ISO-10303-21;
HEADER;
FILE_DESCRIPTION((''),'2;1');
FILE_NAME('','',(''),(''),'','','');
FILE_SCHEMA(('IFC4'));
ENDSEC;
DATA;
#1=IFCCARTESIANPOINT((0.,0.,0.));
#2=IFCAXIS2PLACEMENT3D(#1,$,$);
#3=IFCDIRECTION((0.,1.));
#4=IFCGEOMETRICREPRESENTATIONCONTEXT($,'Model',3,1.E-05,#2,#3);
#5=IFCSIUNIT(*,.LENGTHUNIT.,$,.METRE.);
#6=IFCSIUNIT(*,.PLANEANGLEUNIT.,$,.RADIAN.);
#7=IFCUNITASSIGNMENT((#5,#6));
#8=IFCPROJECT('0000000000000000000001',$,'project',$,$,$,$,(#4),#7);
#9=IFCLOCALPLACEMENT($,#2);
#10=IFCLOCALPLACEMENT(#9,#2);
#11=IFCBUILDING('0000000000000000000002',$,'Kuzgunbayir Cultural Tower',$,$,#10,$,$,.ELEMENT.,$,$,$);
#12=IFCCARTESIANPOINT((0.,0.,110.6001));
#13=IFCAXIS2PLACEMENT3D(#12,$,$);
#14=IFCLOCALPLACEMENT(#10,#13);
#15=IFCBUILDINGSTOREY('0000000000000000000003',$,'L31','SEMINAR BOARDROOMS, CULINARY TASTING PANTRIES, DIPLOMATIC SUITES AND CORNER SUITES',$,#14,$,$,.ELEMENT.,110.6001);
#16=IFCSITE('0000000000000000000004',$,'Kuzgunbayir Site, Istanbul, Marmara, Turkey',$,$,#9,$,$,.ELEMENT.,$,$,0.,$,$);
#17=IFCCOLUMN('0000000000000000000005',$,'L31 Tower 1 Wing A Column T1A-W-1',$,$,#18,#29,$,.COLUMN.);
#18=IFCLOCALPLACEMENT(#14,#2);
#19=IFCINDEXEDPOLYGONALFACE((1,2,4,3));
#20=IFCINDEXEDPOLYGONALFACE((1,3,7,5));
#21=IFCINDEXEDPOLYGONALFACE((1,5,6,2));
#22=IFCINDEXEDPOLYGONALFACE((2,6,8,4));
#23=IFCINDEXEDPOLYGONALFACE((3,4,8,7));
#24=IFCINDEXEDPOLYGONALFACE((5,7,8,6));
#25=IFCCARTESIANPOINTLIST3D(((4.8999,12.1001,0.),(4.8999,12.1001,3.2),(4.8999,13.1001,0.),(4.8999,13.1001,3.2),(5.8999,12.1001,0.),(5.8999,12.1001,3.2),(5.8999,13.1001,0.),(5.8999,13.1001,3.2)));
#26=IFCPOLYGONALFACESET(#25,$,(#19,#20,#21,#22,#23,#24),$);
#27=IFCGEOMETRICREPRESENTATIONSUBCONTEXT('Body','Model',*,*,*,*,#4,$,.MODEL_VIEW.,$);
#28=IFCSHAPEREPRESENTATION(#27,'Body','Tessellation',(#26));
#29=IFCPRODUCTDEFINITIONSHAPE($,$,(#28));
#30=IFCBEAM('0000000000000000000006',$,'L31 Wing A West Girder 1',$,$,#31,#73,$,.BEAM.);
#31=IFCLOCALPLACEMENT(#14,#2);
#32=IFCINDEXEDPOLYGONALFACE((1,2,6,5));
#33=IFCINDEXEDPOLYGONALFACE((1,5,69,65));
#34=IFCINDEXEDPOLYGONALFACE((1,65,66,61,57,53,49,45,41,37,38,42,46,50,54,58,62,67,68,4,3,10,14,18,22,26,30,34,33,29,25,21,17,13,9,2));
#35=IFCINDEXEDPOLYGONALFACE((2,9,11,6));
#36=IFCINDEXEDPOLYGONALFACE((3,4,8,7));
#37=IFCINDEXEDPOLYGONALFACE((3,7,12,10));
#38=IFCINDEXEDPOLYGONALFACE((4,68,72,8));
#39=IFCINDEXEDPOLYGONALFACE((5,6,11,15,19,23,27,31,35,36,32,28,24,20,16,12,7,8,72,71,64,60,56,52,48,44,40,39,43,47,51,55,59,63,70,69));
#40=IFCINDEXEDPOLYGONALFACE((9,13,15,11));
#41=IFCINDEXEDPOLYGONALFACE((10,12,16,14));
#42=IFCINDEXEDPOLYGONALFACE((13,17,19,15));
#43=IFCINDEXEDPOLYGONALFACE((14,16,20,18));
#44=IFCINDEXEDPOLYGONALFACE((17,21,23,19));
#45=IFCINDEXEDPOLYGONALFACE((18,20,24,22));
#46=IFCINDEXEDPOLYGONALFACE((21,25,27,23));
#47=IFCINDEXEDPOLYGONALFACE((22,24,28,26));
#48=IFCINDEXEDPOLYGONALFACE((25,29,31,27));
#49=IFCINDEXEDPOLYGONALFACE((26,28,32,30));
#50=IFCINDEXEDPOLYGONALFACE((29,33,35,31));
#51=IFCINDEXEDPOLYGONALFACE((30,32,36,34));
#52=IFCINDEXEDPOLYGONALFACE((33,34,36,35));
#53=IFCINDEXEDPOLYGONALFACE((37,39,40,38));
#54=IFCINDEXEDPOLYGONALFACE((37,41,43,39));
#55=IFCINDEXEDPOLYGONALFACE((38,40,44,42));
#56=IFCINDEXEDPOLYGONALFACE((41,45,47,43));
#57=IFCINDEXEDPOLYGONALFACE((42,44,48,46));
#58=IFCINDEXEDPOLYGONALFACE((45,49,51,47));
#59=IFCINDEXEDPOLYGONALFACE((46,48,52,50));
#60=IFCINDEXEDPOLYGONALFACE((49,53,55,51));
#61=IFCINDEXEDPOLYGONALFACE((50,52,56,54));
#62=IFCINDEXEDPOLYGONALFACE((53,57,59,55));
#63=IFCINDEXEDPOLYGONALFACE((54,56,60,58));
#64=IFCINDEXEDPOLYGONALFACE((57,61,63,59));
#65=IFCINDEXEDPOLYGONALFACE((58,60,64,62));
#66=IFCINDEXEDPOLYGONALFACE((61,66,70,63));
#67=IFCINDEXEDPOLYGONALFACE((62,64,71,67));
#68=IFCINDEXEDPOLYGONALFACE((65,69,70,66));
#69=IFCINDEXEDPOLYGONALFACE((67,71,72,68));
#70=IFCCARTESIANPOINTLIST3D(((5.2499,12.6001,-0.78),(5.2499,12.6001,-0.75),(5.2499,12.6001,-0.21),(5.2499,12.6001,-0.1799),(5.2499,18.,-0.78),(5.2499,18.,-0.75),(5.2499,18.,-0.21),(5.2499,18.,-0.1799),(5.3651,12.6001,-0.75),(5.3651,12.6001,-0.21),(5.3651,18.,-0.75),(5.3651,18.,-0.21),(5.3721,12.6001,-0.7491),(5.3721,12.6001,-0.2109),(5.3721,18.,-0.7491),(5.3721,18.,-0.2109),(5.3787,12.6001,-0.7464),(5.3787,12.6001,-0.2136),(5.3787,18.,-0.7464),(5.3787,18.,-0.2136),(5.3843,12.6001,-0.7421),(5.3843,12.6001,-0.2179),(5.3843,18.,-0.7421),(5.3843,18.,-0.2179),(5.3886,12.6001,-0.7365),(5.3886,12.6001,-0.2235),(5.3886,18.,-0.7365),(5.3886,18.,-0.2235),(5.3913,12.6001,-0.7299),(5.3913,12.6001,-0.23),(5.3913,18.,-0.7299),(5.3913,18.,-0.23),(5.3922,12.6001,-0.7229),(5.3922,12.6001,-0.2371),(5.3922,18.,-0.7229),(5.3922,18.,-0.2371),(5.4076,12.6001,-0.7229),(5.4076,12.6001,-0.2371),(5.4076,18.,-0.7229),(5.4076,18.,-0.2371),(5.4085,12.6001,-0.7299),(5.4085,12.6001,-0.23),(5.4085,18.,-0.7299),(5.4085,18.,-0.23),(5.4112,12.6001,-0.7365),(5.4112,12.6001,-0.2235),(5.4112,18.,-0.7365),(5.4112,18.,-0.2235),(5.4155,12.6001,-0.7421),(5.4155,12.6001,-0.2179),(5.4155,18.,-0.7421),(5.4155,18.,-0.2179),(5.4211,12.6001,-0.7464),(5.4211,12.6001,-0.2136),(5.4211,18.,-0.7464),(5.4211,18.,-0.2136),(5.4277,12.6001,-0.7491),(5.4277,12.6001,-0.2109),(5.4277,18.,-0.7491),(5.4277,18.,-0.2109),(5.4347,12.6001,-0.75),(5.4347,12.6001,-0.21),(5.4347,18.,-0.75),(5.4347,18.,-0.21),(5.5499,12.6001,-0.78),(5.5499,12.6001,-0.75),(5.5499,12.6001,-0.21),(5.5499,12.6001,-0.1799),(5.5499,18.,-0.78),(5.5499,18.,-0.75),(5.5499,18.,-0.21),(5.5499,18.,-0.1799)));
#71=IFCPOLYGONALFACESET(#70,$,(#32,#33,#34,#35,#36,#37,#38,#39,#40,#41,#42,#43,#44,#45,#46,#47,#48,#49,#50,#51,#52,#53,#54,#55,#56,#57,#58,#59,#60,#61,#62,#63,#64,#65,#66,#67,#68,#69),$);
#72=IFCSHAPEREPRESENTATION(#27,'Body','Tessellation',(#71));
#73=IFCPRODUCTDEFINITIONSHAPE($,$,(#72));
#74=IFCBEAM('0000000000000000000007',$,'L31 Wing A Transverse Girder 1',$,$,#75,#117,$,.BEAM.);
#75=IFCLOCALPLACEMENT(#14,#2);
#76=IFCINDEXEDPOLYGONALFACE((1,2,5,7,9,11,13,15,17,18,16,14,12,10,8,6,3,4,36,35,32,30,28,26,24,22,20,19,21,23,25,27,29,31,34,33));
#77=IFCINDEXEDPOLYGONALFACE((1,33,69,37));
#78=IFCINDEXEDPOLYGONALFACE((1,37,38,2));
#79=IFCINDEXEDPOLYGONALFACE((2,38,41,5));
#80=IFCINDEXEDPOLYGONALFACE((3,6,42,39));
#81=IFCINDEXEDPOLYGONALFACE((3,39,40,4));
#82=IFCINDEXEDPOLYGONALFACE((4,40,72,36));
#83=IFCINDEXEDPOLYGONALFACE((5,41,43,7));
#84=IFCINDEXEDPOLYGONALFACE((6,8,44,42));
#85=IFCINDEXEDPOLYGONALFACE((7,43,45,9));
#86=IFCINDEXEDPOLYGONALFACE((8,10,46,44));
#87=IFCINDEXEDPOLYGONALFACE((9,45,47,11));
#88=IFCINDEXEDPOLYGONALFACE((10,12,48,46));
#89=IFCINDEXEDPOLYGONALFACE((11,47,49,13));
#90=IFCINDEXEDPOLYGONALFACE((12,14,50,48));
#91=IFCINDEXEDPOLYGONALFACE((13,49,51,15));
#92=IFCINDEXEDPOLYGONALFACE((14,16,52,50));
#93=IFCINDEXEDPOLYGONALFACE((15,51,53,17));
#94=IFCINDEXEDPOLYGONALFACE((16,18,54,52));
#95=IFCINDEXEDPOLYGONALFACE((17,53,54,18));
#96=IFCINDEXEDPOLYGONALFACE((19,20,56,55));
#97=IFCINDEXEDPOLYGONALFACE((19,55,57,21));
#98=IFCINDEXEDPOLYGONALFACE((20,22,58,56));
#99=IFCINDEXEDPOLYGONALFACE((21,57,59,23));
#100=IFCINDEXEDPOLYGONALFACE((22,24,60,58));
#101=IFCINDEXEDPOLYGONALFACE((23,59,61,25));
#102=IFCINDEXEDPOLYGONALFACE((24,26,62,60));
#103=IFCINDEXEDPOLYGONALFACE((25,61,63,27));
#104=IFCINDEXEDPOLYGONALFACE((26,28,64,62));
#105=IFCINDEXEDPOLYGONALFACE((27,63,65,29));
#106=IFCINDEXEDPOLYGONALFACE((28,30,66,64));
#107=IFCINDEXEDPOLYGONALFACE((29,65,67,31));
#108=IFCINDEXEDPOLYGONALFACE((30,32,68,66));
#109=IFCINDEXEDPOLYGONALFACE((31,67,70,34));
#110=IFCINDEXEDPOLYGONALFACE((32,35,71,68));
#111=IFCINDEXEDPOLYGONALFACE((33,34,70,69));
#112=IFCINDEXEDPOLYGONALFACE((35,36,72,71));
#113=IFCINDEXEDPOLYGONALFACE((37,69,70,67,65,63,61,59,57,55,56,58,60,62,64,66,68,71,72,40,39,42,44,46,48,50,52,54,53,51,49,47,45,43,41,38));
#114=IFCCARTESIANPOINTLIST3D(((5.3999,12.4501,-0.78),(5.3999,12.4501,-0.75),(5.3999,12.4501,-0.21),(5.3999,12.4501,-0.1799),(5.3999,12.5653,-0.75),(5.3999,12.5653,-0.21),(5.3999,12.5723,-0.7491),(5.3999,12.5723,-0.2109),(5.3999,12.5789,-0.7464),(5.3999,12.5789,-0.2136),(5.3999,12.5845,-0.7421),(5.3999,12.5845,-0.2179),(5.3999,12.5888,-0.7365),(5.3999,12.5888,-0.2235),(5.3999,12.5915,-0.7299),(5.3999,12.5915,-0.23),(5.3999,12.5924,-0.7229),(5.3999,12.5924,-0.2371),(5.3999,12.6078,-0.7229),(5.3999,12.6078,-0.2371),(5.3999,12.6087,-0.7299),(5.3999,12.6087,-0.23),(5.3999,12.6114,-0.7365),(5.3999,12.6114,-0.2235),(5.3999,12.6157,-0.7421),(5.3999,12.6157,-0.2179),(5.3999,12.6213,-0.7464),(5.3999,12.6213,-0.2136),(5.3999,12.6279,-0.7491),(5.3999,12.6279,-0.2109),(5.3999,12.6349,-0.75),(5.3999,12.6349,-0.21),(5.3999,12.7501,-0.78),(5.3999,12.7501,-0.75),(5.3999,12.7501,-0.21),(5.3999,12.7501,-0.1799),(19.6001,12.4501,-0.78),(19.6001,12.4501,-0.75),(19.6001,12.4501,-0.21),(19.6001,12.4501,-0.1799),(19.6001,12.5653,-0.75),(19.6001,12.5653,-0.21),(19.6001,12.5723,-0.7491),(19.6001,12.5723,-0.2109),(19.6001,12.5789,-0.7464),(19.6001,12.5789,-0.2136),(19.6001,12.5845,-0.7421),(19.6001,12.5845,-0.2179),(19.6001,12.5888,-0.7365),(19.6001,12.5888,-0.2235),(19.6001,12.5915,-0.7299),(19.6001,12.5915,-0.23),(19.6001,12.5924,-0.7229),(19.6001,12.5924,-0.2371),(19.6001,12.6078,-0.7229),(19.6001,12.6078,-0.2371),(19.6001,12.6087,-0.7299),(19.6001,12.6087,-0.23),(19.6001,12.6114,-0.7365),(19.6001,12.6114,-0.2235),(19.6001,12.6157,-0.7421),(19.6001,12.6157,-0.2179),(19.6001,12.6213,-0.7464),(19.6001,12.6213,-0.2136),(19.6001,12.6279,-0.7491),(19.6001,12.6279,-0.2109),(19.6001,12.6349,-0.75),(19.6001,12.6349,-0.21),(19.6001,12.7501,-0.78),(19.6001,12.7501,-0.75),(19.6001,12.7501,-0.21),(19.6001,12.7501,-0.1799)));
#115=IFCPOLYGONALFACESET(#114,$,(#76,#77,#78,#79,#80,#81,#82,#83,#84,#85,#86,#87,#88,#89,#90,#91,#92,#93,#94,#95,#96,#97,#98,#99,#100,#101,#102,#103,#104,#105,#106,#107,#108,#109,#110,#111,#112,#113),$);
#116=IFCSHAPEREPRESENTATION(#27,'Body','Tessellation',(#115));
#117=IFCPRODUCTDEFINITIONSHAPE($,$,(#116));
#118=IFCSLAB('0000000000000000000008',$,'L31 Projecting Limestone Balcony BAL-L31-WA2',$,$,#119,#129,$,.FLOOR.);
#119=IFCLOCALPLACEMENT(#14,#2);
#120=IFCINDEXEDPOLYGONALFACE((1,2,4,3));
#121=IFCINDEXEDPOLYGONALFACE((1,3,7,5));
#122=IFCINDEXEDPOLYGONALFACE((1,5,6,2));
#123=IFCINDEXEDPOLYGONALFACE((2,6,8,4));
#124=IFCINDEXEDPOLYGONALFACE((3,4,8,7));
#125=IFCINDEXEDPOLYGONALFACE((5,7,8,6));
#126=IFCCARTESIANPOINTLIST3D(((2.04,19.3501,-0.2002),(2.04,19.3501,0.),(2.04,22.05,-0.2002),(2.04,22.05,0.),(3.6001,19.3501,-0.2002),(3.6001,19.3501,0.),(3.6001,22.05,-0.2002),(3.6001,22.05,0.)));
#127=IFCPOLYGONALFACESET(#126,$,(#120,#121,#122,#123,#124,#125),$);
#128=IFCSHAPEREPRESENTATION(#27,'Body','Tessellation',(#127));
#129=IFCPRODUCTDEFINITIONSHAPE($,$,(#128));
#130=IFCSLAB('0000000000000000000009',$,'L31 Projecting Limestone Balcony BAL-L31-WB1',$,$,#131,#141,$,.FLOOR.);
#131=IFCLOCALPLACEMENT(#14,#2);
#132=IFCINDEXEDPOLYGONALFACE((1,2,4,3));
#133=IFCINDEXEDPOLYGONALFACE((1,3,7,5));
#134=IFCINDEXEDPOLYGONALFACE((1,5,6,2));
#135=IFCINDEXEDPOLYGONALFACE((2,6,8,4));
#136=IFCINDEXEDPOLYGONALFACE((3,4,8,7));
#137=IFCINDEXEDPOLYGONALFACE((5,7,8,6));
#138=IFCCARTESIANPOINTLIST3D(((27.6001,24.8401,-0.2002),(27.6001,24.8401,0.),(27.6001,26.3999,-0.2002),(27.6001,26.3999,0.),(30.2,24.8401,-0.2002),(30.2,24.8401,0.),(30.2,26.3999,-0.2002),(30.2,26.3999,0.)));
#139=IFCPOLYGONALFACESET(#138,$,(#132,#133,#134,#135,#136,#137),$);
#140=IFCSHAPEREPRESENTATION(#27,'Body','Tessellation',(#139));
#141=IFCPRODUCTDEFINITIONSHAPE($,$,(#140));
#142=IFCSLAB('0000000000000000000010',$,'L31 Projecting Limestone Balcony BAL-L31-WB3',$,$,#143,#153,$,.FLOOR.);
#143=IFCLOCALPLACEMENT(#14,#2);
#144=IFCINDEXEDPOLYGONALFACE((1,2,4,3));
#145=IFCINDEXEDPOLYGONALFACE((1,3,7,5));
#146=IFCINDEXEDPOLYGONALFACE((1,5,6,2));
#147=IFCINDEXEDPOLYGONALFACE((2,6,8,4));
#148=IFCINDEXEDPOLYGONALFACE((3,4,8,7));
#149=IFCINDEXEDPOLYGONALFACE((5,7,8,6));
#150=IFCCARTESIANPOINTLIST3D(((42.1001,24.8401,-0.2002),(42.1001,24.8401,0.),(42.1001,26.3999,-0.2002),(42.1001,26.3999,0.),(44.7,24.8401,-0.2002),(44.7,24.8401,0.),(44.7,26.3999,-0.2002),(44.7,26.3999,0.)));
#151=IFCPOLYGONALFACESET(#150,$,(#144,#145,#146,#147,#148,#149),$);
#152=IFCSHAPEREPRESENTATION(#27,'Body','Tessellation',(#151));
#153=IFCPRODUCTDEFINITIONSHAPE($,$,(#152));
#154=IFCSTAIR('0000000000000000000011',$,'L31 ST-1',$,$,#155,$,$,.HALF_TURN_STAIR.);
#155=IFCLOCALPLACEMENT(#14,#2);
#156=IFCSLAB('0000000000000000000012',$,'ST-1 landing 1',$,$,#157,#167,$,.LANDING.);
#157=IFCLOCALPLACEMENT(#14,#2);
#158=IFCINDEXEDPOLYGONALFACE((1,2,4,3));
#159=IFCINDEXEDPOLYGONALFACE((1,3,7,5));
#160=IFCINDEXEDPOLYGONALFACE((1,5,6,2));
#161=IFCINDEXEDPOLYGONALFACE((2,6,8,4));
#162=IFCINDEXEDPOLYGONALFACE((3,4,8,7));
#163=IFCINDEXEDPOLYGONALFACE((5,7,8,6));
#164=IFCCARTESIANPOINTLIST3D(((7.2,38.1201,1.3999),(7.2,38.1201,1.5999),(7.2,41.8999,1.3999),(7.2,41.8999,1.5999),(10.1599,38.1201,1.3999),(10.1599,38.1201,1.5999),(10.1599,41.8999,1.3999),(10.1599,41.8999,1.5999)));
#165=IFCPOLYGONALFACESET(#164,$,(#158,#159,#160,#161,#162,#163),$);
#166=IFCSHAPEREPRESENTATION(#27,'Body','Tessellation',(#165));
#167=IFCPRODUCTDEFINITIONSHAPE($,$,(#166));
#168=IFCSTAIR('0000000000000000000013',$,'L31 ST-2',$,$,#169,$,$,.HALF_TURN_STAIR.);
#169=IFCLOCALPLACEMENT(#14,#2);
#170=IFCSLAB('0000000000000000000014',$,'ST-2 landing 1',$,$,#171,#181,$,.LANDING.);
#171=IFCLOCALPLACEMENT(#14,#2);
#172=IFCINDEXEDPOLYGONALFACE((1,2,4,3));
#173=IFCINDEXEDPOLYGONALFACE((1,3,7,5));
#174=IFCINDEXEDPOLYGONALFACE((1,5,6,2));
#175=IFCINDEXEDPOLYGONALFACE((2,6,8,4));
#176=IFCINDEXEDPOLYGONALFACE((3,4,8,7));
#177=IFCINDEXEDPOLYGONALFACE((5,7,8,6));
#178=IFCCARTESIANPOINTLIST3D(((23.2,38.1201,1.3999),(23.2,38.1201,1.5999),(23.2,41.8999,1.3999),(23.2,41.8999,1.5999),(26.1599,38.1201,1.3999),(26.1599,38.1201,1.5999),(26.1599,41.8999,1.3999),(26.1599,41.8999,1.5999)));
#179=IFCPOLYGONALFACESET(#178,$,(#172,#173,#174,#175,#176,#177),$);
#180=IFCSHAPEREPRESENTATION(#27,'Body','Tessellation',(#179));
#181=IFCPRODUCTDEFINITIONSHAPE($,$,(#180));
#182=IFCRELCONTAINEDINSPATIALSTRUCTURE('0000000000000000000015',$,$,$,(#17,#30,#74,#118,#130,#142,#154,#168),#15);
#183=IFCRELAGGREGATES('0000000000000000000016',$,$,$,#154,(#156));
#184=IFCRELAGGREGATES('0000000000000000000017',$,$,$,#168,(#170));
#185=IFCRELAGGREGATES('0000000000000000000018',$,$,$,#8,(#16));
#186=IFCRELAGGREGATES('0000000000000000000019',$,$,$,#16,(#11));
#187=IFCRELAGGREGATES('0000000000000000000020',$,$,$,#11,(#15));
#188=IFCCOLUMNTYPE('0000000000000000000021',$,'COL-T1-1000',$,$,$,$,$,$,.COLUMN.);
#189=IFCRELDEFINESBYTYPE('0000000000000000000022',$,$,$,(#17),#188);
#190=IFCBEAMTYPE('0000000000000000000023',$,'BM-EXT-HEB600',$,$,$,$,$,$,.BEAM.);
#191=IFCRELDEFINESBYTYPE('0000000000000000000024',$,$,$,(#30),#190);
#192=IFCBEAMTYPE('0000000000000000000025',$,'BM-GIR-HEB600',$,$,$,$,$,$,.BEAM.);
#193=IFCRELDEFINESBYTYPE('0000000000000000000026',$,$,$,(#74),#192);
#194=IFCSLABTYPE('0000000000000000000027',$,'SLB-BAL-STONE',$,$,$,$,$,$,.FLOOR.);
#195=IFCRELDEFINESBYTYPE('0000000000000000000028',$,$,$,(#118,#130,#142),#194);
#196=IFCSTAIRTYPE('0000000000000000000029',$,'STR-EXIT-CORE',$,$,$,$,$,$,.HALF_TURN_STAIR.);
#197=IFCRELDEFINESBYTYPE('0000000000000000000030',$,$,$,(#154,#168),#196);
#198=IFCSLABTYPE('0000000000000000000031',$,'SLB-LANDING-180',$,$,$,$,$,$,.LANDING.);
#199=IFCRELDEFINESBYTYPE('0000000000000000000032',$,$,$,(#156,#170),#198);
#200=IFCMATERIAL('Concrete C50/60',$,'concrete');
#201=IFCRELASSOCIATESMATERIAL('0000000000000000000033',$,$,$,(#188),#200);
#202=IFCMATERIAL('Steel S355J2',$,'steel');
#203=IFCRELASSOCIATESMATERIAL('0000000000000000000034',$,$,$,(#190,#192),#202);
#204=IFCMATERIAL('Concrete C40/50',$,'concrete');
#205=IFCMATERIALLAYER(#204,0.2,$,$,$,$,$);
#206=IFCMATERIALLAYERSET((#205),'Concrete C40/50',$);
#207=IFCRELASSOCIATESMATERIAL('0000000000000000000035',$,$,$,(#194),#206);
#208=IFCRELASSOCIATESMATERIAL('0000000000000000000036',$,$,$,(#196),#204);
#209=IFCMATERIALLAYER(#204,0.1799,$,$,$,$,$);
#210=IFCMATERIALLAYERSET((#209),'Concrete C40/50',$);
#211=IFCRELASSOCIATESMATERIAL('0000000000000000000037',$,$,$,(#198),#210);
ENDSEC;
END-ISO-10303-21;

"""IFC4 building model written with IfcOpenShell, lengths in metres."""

from ifc_helpers import new_model, si_unit, direction, frame, origin, origin_2d, place, context, subcontext, project, spatial, polyline, rectangle, i_section, outline, extrude, material, layer, layer_set, material_profile, profile_set, type_object, element, aggregate, save


model = new_model("IFC4")

# Units and contexts
model_context = context("Model", 3, precision=1e-05, world=origin(), true_north=direction((0.0, 1.0)))
body_context = subcontext(model_context, "Body", "Model", "MODEL_VIEW")
ifc_project = project(units=[si_unit("LENGTHUNIT", "METRE"), si_unit("PLANEANGLEUNIT", "RADIAN")], contexts=[model_context])

# Site, building, storey
site_placement = place(None, origin())
site = spatial("IfcSite", under=ifc_project, at=site_placement, Name="Kuzgunbayir Site, Istanbul, Marmara, Turkey", CompositionType="ELEMENT", RefElevation=0.0)
building_placement = place(site_placement, origin())
building = spatial("IfcBuilding", under=site, at=building_placement, Name="Kuzgunbayir Cultural Tower", CompositionType="ELEMENT")
storey_placement = place(building_placement, frame((0.0, 0.0, 110.6001)))
storey = spatial("IfcBuildingStorey", under=building, at=storey_placement, Name="L31", Description="SEMINAR BOARDROOMS, CULINARY TASTING PANTRIES, DIPLOMATIC SUITES AND CORNER SUITES", CompositionType="ELEMENT", Elevation=110.6001)

# Column
ifc_material_1 = material(Name="Concrete C50/60", Category="concrete")
ifc_material_profile_1 = material_profile(ifc_material_1, rectangle(XDim=1.0, YDim=1.0, at=origin_2d()), Name="RC 1000x1000")
ifc_profile_set_1 = profile_set([ifc_material_profile_1], Name="Concrete C50/60")
column_type = type_object("IfcColumnType", Name="COL-T1-1000", PredefinedType="COLUMN", material=ifc_profile_set_1)
column_placement = place(storey_placement, frame((5.3999, 12.6001, 0.0), z_axis=(0.0, 0.0, 1.0), x_axis=(1.0, 0.0, 0.0)))
element("IfcColumn", 1, at=column_placement, inside=storey, type_object=column_type, Name="L31 Tower 1 Wing A Column T1A-W-1", PredefinedType="COLUMN", context=body_context, shape_type="SweptSolid", body=[
    extrude(rectangle(XDim=1.0, YDim=1.0, at=origin_2d()), origin(), (0.0, 0.0, 1.0), 3.2),
])

# Beams
ifc_material_2 = material(Name="Steel S355J2", Category="steel")
ifc_material_profile_2 = material_profile(ifc_material_2, i_section(OverallWidth=0.3, OverallDepth=0.6001, WebThickness=0.0154, FlangeThickness=0.03, FilletRadius=0.0271, at=origin_2d()), Name="HEB 600")
ifc_profile_set_2 = profile_set([ifc_material_profile_2], Name="Steel S355J2")
beam_type_1 = type_object("IfcBeamType", Name="BM-EXT-HEB600", PredefinedType="BEAM", material=ifc_profile_set_2)
beam_1_placement = place(storey_placement, frame((5.3999, 12.6001, -0.48), z_axis=(0.0, 1.0, 0.0), x_axis=(-1.0, 0.0, 0.0)))
element("IfcBeam", 2, at=beam_1_placement, inside=storey, type_object=beam_type_1, Name="L31 Wing A West Girder 1", PredefinedType="BEAM", context=body_context, shape_type="SweptSolid", body=[
    extrude(i_section(OverallWidth=0.3, OverallDepth=0.6001, WebThickness=0.0154, FlangeThickness=0.03, FilletRadius=0.0271, at=origin_2d()), origin(), (0.0, 0.0, 1.0), 5.3999),
])
ifc_material_profile_3 = material_profile(ifc_material_2, i_section(OverallWidth=0.3, OverallDepth=0.6001, WebThickness=0.0154, FlangeThickness=0.03, FilletRadius=0.0271, at=origin_2d()), Name="HEB 600")
ifc_profile_set_3 = profile_set([ifc_material_profile_3], Name="Steel S355J2")
beam_type_2 = type_object("IfcBeamType", Name="BM-GIR-HEB600", PredefinedType="BEAM", material=ifc_profile_set_3)
beam_2_placement = place(storey_placement, frame((5.3999, 12.6001, -0.48), z_axis=(1.0, 0.0, 0.0), x_axis=(0.0, 1.0, 0.0)))
element("IfcBeam", 3, at=beam_2_placement, inside=storey, type_object=beam_type_2, Name="L31 Wing A Transverse Girder 1", PredefinedType="BEAM", context=body_context, shape_type="SweptSolid", body=[
    extrude(i_section(OverallWidth=0.3, OverallDepth=0.6001, WebThickness=0.0154, FlangeThickness=0.03, FilletRadius=0.0271, at=origin_2d()), origin(), (0.0, 0.0, 1.0), 14.2002),
])

# Slabs
ifc_material_3 = material(Name="Concrete C40/50", Category="concrete")
ifc_layer_1 = layer(ifc_material_3, 0.2)
ifc_layer_set_1 = layer_set([ifc_layer_1], Name="Concrete C40/50")
slab_type_1 = type_object("IfcSlabType", Name="SLB-BAL-STONE", PredefinedType="FLOOR", material=ifc_layer_set_1)
slab_1_placement = place(storey_placement, frame((0.0, 0.0, -0.2002)))
element("IfcSlab", 4, at=slab_1_placement, inside=storey, type_object=slab_type_1, Name="L31 Projecting Limestone Balcony BAL-L31-WA2", PredefinedType="FLOOR", context=body_context, shape_type="SweptSolid", body=[
    extrude(outline(polyline([(2.04, 19.3501), (3.6001, 19.3501), (3.6001, 22.05), (2.04, 22.05), (2.04, 19.3501)])), origin(), (0.0, 0.0, 1.0), 0.2002),
])
slab_2_placement = place(storey_placement, frame((0.0, 0.0, -0.2002)))
element("IfcSlab", 5, at=slab_2_placement, inside=storey, type_object=slab_type_1, Name="L31 Projecting Limestone Balcony BAL-L31-WB1", PredefinedType="FLOOR", context=body_context, shape_type="SweptSolid", body=[
    extrude(outline(polyline([(27.6001, 24.8401), (30.2, 24.8401), (30.2, 26.3999), (27.6001, 26.3999), (27.6001, 24.8401)])), origin(), (0.0, 0.0, 1.0), 0.2002),
])
slab_3_placement = place(storey_placement, frame((0.0, 0.0, -0.2002)))
element("IfcSlab", 6, at=slab_3_placement, inside=storey, type_object=slab_type_1, Name="L31 Projecting Limestone Balcony BAL-L31-WB3", PredefinedType="FLOOR", context=body_context, shape_type="SweptSolid", body=[
    extrude(outline(polyline([(42.1001, 24.8401), (44.7, 24.8401), (44.7, 26.3999), (42.1001, 26.3999), (42.1001, 24.8401)])), origin(), (0.0, 0.0, 1.0), 0.2002),
])

# Stairs, slabs
stair_type = type_object("IfcStairType", Name="STR-EXIT-CORE", PredefinedType="HALF_TURN_STAIR", material=ifc_material_3)
stair_1_placement = place(storey_placement, origin())
stair_1 = element("IfcStair", 7, at=stair_1_placement, inside=storey, type_object=stair_type, Name="L31 ST-1", PredefinedType="HALF_TURN_STAIR")
ifc_layer_2 = layer(ifc_material_3, 0.1799)
ifc_layer_set_2 = layer_set([ifc_layer_2], Name="Concrete C40/50")
slab_type_2 = type_object("IfcSlabType", Name="SLB-LANDING-180", PredefinedType="LANDING", material=ifc_layer_set_2)
slab_4_placement = place(storey_placement, frame((0.0, 0.0, 1.3999)))
slab_4 = element("IfcSlab", 8, at=slab_4_placement, type_object=slab_type_2, Name="ST-1 landing 1", PredefinedType="LANDING", context=body_context, shape_type="SweptSolid", body=[
    extrude(outline(polyline([(10.1599, 38.1201), (10.1599, 41.8999), (7.2, 41.8999), (7.2, 38.1201), (10.1599, 38.1201)])), origin(), (0.0, 0.0, 1.0), 0.2),
])
aggregate(stair_1, [slab_4])
stair_2_placement = place(storey_placement, origin())
stair_2 = element("IfcStair", 9, at=stair_2_placement, inside=storey, type_object=stair_type, Name="L31 ST-2", PredefinedType="HALF_TURN_STAIR")
slab_5_placement = place(storey_placement, frame((0.0, 0.0, 1.3999)))
slab_5 = element("IfcSlab", 10, at=slab_5_placement, type_object=slab_type_2, Name="ST-2 landing 1", PredefinedType="LANDING", context=body_context, shape_type="SweptSolid", body=[
    extrude(outline(polyline([(26.1599, 38.1201), (26.1599, 41.8999), (23.2, 41.8999), (23.2, 38.1201), (26.1599, 38.1201)])), origin(), (0.0, 0.0, 1.0), 0.2),
])
aggregate(stair_2, [slab_5])

save(model, "model.ifc")
